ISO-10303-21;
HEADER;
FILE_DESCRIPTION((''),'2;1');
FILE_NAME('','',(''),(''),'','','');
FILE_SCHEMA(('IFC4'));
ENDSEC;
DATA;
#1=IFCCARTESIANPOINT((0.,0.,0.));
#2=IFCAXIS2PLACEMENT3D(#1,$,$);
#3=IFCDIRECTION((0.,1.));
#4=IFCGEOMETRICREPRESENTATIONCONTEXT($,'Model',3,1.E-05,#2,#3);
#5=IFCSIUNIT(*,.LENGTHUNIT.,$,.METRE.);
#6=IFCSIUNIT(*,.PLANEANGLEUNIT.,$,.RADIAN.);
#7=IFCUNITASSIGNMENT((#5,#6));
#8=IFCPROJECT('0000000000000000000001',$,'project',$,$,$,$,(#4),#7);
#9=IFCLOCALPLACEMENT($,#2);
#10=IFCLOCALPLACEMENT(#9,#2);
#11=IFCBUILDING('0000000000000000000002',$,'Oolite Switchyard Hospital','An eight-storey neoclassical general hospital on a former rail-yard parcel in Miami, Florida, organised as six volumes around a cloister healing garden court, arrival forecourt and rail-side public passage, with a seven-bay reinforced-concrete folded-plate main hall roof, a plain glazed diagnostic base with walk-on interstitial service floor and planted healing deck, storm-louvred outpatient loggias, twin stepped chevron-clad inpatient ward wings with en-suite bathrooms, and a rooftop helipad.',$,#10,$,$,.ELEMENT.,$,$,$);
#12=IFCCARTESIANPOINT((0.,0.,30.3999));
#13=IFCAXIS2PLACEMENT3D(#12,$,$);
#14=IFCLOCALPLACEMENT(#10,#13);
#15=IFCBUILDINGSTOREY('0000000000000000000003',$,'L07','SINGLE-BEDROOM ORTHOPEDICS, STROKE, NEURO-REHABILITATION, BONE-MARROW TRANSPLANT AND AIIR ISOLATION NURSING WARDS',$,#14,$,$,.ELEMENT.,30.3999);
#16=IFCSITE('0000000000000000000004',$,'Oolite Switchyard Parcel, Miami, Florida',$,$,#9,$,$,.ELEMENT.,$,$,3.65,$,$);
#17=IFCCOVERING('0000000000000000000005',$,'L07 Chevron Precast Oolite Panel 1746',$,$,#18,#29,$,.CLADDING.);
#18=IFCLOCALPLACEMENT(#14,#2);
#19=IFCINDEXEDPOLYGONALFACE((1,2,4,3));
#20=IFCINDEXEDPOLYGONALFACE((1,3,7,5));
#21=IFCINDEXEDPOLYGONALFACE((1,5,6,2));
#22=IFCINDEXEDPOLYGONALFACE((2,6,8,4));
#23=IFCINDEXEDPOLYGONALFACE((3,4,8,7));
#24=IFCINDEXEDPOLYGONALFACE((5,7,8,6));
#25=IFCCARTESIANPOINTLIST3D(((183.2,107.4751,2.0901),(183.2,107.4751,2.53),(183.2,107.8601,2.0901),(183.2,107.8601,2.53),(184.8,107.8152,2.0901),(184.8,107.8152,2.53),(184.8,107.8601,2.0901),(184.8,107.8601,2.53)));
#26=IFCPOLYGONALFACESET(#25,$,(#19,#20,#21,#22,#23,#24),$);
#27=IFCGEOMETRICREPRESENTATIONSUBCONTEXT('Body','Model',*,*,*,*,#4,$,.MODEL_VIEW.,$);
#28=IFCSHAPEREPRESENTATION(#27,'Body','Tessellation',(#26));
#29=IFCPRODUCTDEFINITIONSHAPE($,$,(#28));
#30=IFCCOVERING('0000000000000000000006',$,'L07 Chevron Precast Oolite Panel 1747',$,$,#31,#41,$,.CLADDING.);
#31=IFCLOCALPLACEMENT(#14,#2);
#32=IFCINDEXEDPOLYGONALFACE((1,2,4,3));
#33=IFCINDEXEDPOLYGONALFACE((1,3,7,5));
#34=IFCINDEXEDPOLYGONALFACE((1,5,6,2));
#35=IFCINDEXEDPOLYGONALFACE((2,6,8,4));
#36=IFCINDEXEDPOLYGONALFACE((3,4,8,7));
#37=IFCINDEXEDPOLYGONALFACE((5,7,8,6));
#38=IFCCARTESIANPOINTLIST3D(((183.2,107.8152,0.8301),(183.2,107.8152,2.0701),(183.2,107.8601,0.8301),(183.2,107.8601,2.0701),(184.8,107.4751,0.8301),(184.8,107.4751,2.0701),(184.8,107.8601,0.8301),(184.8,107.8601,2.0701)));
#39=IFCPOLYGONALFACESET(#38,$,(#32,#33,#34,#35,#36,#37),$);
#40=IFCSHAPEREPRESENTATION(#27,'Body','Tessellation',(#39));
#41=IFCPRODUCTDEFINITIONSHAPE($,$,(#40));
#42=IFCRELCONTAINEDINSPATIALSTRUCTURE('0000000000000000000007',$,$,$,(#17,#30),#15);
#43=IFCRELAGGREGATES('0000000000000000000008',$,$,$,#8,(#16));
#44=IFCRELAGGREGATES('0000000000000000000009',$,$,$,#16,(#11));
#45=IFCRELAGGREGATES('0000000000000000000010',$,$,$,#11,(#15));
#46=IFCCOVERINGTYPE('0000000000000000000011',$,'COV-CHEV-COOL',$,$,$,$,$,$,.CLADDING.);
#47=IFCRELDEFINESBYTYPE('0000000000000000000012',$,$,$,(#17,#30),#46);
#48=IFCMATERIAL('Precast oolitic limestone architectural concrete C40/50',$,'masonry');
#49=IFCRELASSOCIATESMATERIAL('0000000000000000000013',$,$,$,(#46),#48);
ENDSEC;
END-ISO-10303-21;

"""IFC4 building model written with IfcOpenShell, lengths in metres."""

from ifc_helpers import new_model, si_unit, direction, frame, origin, place, context, subcontext, project, spatial, polyline, outline, extrude, material, type_object, element, save


model = new_model("IFC4")

# Units and contexts
model_context = context("Model", 3, precision=1e-05, world=origin(), true_north=direction((0.0, 1.0)))
body_context = subcontext(model_context, "Body", "Model", "MODEL_VIEW")
ifc_project = project(units=[si_unit("LENGTHUNIT", "METRE"), si_unit("PLANEANGLEUNIT", "RADIAN")], contexts=[model_context])

# Site, building, storey
site_placement = place(None, origin())
site = spatial("IfcSite", under=ifc_project, at=site_placement, Name="Oolite Switchyard Parcel, Miami, Florida", CompositionType="ELEMENT", RefElevation=3.65)
building_placement = place(site_placement, origin())
building = spatial("IfcBuilding", under=site, at=building_placement, Name="Oolite Switchyard Hospital", Description="An eight-storey neoclassical general hospital on a former rail-yard parcel in Miami, Florida, organised as six volumes around a cloister healing garden court, arrival forecourt and rail-side public passage, with a seven-bay reinforced-concrete folded-plate main hall roof, a plain glazed diagnostic base with walk-on interstitial service floor and planted healing deck, storm-louvred outpatient loggias, twin stepped chevron-clad inpatient ward wings with en-suite bathrooms, and a rooftop helipad.", CompositionType="ELEMENT")
storey_placement = place(building_placement, frame((0.0, 0.0, 30.3999)))
storey = spatial("IfcBuildingStorey", under=building, at=storey_placement, Name="L07", Description="SINGLE-BEDROOM ORTHOPEDICS, STROKE, NEURO-REHABILITATION, BONE-MARROW TRANSPLANT AND AIIR ISOLATION NURSING WARDS", CompositionType="ELEMENT", Elevation=30.3999)

# Shared definitions
ifc_material_1 = material(Name="Precast oolitic limestone architectural concrete C40/50", Category="masonry")

# Coverings
covering_type = type_object("IfcCoveringType", Name="COV-CHEV-COOL", PredefinedType="CLADDING", material=ifc_material_1)
covering_1_placement = place(storey_placement, frame((184.8, 107.8601, 2.0901), z_axis=(0.0, 0.0, 1.0), x_axis=(-1.0, 0.0, 0.0)))
element("IfcCovering", 1, at=covering_1_placement, inside=storey, type_object=covering_type, Name="L07 Chevron Precast Oolite Panel 1746", PredefinedType="CLADDING", context=body_context, shape_type="SweptSolid", body=[
    extrude(outline(polyline([(0.0, 0.0), (1.6001, 0.0), (1.6001, 0.385), (0.0, 0.0449), (0.0, 0.0)])), origin(), (0.0, 0.0, 1.0), 0.4399),
])
covering_2_placement = place(storey_placement, frame((184.8, 107.8601, 0.8301), z_axis=(0.0, 0.0, 1.0), x_axis=(-1.0, 0.0, 0.0)))
element("IfcCovering", 2, at=covering_2_placement, inside=storey, type_object=covering_type, Name="L07 Chevron Precast Oolite Panel 1747", PredefinedType="CLADDING", context=body_context, shape_type="SweptSolid", body=[
    extrude(outline(polyline([(0.0, 0.0), (1.6001, 0.0), (1.6001, 0.0449), (0.0, 0.385), (0.0, 0.0)])), origin(), (0.0, 0.0, 1.0), 1.24),
])

save(model, "model.ifc")
